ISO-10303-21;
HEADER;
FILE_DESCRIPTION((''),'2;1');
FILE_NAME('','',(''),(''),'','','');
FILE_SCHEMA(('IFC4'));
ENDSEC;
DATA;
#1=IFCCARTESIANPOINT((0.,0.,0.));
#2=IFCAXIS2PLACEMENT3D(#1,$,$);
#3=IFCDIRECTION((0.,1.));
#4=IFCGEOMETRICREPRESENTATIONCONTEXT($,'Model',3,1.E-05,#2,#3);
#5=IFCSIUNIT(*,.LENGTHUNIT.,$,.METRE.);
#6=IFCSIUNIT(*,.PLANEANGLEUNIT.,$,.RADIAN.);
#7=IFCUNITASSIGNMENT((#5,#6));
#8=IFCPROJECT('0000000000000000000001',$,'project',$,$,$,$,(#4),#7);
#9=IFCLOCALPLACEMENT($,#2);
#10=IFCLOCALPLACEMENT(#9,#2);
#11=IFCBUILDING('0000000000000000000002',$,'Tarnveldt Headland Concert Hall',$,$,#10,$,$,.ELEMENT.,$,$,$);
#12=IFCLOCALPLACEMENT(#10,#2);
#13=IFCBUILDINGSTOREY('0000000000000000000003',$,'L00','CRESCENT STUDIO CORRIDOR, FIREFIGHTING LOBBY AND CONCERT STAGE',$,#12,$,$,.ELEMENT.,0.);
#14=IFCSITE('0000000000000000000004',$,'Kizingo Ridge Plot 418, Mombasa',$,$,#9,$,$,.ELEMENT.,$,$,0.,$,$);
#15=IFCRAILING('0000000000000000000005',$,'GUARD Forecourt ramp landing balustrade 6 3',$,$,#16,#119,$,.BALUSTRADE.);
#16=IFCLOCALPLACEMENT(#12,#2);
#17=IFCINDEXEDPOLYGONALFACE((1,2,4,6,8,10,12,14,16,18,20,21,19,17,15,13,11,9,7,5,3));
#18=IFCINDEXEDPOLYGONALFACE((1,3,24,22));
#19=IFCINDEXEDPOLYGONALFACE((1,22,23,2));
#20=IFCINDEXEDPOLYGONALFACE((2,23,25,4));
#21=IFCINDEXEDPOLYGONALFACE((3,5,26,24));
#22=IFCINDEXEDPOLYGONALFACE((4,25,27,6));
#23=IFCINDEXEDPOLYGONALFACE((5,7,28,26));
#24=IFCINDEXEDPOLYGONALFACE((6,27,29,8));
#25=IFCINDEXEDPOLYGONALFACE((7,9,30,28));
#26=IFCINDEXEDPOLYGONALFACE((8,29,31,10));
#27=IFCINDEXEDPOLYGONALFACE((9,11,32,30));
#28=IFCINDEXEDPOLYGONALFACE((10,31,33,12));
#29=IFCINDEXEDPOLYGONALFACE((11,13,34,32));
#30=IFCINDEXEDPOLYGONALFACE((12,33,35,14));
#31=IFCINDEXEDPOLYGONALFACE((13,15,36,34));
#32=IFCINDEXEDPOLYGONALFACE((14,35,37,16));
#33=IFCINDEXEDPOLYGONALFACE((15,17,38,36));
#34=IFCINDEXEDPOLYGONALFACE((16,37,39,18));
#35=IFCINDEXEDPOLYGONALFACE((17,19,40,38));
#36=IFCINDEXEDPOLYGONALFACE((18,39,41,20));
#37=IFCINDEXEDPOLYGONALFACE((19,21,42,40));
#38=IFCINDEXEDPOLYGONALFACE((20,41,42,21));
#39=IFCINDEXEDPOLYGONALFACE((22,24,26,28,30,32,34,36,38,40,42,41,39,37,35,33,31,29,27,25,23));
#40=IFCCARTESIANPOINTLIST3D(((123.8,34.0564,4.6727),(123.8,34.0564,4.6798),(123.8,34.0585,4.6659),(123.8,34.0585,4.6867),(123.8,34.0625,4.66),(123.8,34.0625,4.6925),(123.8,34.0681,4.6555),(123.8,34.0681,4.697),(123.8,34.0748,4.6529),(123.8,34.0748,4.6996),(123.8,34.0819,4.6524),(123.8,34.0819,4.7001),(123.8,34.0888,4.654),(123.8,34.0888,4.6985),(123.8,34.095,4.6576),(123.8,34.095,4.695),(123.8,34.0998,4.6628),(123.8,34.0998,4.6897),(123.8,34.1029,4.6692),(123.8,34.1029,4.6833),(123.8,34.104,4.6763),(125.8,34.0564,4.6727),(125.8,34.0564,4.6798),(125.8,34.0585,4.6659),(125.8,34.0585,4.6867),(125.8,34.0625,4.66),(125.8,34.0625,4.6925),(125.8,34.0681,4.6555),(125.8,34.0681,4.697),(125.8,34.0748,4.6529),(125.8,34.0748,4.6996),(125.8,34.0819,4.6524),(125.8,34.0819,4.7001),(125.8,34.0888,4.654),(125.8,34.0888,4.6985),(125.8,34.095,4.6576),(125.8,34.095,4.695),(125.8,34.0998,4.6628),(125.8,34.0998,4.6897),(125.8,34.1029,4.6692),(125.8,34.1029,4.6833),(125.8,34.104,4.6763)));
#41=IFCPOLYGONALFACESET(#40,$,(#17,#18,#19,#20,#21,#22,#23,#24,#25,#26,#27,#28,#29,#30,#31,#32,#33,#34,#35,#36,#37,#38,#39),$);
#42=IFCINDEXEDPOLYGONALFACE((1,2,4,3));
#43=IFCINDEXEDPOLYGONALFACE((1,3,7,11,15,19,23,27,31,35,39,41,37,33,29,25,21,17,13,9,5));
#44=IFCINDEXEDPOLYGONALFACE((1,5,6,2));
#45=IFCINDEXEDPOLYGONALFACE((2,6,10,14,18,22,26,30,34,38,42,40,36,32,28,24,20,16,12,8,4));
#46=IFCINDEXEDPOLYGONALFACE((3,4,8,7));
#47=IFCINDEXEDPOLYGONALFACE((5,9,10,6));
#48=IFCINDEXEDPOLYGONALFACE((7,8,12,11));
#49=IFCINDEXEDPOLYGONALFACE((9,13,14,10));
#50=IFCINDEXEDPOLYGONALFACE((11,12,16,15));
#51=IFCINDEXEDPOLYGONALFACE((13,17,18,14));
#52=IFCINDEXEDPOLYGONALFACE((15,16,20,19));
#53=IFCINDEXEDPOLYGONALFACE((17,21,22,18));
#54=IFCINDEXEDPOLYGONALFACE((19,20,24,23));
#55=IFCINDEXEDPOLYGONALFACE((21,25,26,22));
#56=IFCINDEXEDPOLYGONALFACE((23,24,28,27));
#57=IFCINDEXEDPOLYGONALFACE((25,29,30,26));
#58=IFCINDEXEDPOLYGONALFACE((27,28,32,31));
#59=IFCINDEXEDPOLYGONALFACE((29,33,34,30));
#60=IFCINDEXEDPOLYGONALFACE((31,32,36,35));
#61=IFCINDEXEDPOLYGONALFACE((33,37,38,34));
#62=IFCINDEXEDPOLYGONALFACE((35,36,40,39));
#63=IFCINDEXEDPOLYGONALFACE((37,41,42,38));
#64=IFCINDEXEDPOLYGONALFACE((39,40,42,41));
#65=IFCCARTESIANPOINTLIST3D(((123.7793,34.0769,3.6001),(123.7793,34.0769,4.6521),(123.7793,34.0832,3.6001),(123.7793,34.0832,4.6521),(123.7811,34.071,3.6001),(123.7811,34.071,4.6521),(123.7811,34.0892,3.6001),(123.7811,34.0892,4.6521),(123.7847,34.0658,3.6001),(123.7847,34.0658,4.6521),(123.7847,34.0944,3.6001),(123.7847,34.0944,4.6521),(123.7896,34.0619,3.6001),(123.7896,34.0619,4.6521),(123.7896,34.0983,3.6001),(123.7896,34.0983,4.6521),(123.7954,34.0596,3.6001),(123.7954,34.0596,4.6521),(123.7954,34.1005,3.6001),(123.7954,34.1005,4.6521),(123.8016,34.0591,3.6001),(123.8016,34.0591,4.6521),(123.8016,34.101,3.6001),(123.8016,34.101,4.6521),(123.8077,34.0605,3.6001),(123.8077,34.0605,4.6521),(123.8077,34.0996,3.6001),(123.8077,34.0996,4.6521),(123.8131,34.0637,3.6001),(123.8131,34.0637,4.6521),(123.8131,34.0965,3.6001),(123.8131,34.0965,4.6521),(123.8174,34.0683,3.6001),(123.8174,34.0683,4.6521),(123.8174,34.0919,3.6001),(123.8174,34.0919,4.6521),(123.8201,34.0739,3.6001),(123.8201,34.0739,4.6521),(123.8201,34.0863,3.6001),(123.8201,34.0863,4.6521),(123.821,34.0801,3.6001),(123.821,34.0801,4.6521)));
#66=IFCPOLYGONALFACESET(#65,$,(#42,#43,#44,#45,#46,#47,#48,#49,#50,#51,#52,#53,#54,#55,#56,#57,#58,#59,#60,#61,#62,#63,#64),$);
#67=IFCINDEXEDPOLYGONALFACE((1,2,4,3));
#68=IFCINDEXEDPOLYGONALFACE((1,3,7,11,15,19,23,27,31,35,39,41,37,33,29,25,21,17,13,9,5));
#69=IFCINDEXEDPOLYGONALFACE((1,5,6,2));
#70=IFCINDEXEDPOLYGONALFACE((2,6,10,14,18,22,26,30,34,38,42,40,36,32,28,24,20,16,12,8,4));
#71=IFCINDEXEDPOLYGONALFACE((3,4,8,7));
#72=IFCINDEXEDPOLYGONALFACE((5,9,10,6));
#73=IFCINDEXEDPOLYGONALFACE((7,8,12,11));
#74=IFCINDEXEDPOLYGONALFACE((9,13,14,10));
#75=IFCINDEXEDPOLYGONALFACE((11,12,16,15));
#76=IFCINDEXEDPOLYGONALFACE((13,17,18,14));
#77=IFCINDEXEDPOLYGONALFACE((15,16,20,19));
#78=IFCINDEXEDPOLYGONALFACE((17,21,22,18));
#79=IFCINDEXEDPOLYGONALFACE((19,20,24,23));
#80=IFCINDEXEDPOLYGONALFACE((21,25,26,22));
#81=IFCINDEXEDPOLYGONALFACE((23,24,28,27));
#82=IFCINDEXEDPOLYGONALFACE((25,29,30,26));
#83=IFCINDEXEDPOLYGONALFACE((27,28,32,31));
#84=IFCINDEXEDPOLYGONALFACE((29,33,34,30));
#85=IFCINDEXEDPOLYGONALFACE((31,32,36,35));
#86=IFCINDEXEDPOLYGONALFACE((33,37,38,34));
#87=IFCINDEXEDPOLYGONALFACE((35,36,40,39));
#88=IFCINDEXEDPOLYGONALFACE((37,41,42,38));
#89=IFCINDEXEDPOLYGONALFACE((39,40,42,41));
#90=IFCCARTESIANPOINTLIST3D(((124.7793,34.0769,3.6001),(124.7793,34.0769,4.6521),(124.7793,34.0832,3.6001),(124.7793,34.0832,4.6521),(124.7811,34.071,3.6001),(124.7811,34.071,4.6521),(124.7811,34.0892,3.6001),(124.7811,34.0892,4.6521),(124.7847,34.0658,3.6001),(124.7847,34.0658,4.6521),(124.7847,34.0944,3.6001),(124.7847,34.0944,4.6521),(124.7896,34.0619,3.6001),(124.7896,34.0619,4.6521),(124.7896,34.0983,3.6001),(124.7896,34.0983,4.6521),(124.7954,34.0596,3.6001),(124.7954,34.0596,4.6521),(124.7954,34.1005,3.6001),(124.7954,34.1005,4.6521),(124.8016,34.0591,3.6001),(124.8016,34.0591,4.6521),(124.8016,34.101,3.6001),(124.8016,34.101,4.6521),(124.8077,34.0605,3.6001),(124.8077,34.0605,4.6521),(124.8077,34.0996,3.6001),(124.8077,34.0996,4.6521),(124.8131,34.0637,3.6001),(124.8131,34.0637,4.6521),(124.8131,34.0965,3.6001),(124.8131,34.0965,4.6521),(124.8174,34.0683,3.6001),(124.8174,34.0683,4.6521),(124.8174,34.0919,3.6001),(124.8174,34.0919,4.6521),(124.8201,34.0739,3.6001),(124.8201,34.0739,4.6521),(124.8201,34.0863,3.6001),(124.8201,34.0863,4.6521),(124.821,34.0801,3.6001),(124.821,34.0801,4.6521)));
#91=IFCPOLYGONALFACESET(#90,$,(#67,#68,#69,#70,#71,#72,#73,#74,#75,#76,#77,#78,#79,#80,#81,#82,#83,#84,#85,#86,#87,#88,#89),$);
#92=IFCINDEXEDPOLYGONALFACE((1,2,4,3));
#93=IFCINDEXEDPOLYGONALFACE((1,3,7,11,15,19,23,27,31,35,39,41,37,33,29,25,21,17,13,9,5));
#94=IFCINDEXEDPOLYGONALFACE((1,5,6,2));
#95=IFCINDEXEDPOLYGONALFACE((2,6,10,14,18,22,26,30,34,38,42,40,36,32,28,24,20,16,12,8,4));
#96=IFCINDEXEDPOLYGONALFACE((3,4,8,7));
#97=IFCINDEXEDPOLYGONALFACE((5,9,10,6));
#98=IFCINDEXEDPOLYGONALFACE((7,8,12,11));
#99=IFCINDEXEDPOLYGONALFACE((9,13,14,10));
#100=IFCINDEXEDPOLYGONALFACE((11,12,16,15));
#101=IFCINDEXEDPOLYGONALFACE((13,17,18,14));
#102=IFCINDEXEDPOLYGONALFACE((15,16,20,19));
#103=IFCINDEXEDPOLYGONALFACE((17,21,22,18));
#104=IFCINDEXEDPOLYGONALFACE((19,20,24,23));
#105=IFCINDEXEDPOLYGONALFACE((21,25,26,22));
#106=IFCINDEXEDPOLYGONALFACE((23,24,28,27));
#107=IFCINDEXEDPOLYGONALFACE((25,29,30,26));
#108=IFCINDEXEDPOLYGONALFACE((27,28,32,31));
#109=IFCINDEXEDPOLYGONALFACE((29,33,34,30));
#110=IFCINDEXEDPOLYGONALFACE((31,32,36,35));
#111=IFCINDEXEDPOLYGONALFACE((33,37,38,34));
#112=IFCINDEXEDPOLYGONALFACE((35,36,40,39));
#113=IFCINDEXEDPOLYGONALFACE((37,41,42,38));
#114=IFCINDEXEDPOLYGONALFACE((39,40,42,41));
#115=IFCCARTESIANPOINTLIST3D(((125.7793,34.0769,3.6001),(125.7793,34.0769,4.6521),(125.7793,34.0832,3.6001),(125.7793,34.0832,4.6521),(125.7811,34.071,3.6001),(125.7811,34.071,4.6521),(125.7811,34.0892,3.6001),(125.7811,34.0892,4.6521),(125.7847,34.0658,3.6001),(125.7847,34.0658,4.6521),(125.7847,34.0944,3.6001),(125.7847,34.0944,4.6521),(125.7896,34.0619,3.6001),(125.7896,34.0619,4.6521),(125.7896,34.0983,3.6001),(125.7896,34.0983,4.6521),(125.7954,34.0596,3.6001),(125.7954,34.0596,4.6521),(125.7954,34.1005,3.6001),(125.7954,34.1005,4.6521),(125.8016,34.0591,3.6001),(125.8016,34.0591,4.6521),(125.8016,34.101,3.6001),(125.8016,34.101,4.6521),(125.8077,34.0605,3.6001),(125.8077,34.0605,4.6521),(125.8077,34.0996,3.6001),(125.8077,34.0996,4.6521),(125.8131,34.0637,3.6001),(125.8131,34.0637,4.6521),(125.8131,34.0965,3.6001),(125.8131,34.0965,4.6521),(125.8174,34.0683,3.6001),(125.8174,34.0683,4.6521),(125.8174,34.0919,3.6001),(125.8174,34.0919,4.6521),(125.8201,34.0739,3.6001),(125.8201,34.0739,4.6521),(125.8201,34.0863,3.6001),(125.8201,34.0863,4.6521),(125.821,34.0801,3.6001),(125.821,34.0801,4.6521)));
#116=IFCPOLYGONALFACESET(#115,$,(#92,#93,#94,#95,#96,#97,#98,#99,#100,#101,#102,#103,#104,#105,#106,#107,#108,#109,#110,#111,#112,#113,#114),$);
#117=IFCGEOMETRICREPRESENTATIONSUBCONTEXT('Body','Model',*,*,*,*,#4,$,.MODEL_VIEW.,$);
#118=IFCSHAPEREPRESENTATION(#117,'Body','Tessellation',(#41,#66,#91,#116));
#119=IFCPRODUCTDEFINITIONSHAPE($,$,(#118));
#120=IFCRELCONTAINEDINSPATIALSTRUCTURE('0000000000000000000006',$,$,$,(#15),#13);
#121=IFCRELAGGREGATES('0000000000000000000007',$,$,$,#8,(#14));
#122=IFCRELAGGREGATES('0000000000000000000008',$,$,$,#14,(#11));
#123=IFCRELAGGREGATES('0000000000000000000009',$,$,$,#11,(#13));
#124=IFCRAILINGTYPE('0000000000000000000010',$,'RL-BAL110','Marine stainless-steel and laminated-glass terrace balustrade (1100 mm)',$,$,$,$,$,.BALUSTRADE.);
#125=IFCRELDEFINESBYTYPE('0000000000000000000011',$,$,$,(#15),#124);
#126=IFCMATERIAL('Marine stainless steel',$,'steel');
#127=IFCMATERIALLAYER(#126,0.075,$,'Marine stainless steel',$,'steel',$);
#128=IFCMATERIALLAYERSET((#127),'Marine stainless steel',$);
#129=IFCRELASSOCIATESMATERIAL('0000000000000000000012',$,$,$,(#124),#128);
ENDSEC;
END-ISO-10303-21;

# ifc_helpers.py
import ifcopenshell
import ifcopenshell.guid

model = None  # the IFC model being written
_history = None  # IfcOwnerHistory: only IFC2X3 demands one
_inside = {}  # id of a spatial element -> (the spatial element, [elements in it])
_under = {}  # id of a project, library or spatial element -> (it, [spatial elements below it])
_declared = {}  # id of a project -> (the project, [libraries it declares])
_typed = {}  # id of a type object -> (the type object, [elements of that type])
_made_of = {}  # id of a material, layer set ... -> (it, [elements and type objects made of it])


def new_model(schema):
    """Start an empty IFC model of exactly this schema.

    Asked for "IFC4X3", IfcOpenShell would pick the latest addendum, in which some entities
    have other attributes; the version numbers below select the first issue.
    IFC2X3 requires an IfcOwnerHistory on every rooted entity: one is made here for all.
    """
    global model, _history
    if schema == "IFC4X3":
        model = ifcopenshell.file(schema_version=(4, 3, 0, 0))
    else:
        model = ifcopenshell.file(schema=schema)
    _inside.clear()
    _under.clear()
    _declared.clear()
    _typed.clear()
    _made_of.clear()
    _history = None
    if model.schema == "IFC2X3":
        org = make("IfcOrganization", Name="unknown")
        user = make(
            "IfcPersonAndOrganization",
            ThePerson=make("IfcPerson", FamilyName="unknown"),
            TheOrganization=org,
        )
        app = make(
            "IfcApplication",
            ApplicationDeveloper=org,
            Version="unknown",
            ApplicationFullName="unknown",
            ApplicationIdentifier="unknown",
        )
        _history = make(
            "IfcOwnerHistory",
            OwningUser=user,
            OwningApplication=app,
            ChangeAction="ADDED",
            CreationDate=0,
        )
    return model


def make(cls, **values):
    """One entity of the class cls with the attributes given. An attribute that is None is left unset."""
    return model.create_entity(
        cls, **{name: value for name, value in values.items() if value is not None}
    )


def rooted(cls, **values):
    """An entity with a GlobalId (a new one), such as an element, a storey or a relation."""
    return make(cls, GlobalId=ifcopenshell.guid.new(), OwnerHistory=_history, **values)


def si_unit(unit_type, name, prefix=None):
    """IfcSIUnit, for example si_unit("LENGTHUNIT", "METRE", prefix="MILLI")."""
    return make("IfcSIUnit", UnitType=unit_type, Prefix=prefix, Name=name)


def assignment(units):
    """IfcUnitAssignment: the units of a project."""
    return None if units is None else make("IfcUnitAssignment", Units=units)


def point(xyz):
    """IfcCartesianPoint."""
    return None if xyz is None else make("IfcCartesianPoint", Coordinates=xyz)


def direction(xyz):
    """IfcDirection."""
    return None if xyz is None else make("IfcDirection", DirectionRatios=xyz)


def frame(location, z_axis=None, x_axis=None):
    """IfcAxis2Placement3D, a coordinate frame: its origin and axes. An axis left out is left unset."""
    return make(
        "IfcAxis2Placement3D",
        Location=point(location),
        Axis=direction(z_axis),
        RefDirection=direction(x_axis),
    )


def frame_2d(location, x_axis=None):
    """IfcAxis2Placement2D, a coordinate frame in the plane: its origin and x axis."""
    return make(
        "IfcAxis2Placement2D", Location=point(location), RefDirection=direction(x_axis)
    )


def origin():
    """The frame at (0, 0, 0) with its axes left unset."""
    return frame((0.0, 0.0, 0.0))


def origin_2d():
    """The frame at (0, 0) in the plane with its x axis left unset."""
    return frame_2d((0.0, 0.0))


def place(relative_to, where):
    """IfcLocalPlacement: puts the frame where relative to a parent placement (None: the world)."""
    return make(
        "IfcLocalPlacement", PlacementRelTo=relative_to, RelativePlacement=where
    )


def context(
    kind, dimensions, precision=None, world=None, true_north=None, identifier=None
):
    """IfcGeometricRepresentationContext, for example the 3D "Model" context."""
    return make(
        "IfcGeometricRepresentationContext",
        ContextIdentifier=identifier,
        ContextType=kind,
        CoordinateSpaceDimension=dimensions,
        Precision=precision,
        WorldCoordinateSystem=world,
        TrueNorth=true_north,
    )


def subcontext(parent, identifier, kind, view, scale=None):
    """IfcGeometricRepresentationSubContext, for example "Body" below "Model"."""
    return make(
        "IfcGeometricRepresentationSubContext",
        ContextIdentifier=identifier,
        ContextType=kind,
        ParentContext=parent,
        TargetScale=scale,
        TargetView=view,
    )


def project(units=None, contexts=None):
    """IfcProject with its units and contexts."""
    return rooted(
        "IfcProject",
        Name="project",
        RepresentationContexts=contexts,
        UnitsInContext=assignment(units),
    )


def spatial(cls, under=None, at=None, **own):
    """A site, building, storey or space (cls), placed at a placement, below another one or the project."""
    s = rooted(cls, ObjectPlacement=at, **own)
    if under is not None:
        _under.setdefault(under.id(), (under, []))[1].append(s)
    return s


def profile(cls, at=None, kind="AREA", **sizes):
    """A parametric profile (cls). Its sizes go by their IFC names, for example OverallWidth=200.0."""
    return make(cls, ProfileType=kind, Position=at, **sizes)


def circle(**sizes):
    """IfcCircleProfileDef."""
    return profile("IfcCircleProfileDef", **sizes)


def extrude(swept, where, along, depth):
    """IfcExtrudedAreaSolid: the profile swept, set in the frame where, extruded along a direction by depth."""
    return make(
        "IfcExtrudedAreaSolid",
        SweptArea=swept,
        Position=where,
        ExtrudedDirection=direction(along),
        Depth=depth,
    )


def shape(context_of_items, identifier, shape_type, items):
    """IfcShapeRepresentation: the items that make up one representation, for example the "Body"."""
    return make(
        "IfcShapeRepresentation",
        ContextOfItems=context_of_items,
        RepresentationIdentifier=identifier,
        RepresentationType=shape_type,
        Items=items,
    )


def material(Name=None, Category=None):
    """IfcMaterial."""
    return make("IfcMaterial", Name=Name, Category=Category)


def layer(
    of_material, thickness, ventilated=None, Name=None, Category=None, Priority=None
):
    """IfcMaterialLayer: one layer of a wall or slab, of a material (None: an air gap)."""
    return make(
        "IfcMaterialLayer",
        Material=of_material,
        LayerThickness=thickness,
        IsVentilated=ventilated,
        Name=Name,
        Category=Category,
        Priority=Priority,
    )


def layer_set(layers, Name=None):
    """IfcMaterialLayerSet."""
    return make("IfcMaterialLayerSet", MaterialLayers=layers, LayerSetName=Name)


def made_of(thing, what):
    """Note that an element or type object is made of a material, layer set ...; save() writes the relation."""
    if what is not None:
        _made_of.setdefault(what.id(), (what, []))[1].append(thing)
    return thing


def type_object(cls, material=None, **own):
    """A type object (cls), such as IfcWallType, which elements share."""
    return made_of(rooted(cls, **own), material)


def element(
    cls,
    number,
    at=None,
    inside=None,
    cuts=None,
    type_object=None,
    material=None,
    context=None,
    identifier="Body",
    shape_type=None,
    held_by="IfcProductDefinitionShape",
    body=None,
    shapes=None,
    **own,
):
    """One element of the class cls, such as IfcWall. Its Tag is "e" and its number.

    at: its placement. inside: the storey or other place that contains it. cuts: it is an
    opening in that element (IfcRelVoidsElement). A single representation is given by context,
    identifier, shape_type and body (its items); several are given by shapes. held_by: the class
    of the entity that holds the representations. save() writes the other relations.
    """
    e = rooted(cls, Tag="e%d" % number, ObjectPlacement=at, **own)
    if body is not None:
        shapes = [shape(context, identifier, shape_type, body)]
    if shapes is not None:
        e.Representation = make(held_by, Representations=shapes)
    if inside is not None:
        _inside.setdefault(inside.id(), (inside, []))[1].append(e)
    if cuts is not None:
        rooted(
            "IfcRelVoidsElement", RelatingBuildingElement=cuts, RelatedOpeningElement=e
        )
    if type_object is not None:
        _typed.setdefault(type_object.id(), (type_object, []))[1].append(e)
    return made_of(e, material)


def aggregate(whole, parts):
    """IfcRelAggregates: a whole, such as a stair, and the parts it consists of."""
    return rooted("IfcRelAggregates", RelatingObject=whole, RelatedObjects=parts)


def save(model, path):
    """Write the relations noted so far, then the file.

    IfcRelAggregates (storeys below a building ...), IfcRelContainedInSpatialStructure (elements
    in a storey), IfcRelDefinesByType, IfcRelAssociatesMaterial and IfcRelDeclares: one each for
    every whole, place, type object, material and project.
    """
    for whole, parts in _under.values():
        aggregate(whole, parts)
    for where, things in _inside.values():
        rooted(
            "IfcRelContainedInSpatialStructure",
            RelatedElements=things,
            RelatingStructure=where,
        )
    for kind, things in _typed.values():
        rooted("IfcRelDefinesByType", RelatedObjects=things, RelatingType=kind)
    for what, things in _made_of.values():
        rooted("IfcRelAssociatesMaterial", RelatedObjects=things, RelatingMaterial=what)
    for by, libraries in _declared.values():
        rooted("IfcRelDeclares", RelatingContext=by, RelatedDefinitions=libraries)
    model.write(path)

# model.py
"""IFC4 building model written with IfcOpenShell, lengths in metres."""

from ifc_helpers import new_model, si_unit, direction, frame, origin, origin_2d, place, context, subcontext, project, spatial, circle, extrude, material, layer, layer_set, type_object, element, save


model = new_model("IFC4")

# Units and contexts
model_context = context("Model", 3, precision=1e-05, world=origin(), true_north=direction((0.0, 1.0)))
body_context = subcontext(model_context, "Body", "Model", "MODEL_VIEW")
ifc_project = project(units=[si_unit("LENGTHUNIT", "METRE"), si_unit("PLANEANGLEUNIT", "RADIAN")], contexts=[model_context])

# Site, building, storey
site_placement = place(None, origin())
site = spatial("IfcSite", under=ifc_project, at=site_placement, Name="Kizingo Ridge Plot 418, Mombasa", CompositionType="ELEMENT", RefElevation=0.0)
building_placement = place(site_placement, origin())
building = spatial("IfcBuilding", under=site, at=building_placement, Name="Tarnveldt Headland Concert Hall", CompositionType="ELEMENT")
storey_placement = place(building_placement, origin())
storey = spatial("IfcBuildingStorey", under=building, at=storey_placement, Name="L00", Description="CRESCENT STUDIO CORRIDOR, FIREFIGHTING LOBBY AND CONCERT STAGE", CompositionType="ELEMENT", Elevation=0.0)

# Railing
ifc_material_1 = material(Name="Marine stainless steel", Category="steel")
ifc_layer_1 = layer(ifc_material_1, 0.075, Name="Marine stainless steel", Category="steel")
ifc_layer_set_1 = layer_set([ifc_layer_1], Name="Marine stainless steel")
railing_type = type_object("IfcRailingType", Name="RL-BAL110", Description="Marine stainless-steel and laminated-glass terrace balustrade (1100 mm)", PredefinedType="BALUSTRADE", material=ifc_layer_set_1)
railing_1_placement = place(storey_placement, frame((123.8, 34.0801, 3.6001)))
element("IfcRailing", 1, at=railing_1_placement, inside=storey, type_object=railing_type, Name="GUARD Forecourt ramp landing balustrade 6 3", PredefinedType="BALUSTRADE", context=body_context, shape_type="SweptSolid", body=[
    extrude(circle(Radius=0.0239, at=origin_2d()), frame((0.0, 0.0, 1.0762), z_axis=(1.0, 0.0, 0.0), x_axis=(0.0, 1.0, 0.0)), (0.0, 0.0, 1.0), 2.0),
    extrude(circle(Radius=0.021, at=origin_2d()), origin(), (0.0, 0.0, 1.0), 1.052),
    extrude(circle(Radius=0.021, at=origin_2d()), frame((1.0, 0.0, 0.0)), (0.0, 0.0, 1.0), 1.052),
    extrude(circle(Radius=0.021, at=origin_2d()), frame((2.0, 0.0, 0.0)), (0.0, 0.0, 1.0), 1.052),
])

save(model, "model.ifc")
